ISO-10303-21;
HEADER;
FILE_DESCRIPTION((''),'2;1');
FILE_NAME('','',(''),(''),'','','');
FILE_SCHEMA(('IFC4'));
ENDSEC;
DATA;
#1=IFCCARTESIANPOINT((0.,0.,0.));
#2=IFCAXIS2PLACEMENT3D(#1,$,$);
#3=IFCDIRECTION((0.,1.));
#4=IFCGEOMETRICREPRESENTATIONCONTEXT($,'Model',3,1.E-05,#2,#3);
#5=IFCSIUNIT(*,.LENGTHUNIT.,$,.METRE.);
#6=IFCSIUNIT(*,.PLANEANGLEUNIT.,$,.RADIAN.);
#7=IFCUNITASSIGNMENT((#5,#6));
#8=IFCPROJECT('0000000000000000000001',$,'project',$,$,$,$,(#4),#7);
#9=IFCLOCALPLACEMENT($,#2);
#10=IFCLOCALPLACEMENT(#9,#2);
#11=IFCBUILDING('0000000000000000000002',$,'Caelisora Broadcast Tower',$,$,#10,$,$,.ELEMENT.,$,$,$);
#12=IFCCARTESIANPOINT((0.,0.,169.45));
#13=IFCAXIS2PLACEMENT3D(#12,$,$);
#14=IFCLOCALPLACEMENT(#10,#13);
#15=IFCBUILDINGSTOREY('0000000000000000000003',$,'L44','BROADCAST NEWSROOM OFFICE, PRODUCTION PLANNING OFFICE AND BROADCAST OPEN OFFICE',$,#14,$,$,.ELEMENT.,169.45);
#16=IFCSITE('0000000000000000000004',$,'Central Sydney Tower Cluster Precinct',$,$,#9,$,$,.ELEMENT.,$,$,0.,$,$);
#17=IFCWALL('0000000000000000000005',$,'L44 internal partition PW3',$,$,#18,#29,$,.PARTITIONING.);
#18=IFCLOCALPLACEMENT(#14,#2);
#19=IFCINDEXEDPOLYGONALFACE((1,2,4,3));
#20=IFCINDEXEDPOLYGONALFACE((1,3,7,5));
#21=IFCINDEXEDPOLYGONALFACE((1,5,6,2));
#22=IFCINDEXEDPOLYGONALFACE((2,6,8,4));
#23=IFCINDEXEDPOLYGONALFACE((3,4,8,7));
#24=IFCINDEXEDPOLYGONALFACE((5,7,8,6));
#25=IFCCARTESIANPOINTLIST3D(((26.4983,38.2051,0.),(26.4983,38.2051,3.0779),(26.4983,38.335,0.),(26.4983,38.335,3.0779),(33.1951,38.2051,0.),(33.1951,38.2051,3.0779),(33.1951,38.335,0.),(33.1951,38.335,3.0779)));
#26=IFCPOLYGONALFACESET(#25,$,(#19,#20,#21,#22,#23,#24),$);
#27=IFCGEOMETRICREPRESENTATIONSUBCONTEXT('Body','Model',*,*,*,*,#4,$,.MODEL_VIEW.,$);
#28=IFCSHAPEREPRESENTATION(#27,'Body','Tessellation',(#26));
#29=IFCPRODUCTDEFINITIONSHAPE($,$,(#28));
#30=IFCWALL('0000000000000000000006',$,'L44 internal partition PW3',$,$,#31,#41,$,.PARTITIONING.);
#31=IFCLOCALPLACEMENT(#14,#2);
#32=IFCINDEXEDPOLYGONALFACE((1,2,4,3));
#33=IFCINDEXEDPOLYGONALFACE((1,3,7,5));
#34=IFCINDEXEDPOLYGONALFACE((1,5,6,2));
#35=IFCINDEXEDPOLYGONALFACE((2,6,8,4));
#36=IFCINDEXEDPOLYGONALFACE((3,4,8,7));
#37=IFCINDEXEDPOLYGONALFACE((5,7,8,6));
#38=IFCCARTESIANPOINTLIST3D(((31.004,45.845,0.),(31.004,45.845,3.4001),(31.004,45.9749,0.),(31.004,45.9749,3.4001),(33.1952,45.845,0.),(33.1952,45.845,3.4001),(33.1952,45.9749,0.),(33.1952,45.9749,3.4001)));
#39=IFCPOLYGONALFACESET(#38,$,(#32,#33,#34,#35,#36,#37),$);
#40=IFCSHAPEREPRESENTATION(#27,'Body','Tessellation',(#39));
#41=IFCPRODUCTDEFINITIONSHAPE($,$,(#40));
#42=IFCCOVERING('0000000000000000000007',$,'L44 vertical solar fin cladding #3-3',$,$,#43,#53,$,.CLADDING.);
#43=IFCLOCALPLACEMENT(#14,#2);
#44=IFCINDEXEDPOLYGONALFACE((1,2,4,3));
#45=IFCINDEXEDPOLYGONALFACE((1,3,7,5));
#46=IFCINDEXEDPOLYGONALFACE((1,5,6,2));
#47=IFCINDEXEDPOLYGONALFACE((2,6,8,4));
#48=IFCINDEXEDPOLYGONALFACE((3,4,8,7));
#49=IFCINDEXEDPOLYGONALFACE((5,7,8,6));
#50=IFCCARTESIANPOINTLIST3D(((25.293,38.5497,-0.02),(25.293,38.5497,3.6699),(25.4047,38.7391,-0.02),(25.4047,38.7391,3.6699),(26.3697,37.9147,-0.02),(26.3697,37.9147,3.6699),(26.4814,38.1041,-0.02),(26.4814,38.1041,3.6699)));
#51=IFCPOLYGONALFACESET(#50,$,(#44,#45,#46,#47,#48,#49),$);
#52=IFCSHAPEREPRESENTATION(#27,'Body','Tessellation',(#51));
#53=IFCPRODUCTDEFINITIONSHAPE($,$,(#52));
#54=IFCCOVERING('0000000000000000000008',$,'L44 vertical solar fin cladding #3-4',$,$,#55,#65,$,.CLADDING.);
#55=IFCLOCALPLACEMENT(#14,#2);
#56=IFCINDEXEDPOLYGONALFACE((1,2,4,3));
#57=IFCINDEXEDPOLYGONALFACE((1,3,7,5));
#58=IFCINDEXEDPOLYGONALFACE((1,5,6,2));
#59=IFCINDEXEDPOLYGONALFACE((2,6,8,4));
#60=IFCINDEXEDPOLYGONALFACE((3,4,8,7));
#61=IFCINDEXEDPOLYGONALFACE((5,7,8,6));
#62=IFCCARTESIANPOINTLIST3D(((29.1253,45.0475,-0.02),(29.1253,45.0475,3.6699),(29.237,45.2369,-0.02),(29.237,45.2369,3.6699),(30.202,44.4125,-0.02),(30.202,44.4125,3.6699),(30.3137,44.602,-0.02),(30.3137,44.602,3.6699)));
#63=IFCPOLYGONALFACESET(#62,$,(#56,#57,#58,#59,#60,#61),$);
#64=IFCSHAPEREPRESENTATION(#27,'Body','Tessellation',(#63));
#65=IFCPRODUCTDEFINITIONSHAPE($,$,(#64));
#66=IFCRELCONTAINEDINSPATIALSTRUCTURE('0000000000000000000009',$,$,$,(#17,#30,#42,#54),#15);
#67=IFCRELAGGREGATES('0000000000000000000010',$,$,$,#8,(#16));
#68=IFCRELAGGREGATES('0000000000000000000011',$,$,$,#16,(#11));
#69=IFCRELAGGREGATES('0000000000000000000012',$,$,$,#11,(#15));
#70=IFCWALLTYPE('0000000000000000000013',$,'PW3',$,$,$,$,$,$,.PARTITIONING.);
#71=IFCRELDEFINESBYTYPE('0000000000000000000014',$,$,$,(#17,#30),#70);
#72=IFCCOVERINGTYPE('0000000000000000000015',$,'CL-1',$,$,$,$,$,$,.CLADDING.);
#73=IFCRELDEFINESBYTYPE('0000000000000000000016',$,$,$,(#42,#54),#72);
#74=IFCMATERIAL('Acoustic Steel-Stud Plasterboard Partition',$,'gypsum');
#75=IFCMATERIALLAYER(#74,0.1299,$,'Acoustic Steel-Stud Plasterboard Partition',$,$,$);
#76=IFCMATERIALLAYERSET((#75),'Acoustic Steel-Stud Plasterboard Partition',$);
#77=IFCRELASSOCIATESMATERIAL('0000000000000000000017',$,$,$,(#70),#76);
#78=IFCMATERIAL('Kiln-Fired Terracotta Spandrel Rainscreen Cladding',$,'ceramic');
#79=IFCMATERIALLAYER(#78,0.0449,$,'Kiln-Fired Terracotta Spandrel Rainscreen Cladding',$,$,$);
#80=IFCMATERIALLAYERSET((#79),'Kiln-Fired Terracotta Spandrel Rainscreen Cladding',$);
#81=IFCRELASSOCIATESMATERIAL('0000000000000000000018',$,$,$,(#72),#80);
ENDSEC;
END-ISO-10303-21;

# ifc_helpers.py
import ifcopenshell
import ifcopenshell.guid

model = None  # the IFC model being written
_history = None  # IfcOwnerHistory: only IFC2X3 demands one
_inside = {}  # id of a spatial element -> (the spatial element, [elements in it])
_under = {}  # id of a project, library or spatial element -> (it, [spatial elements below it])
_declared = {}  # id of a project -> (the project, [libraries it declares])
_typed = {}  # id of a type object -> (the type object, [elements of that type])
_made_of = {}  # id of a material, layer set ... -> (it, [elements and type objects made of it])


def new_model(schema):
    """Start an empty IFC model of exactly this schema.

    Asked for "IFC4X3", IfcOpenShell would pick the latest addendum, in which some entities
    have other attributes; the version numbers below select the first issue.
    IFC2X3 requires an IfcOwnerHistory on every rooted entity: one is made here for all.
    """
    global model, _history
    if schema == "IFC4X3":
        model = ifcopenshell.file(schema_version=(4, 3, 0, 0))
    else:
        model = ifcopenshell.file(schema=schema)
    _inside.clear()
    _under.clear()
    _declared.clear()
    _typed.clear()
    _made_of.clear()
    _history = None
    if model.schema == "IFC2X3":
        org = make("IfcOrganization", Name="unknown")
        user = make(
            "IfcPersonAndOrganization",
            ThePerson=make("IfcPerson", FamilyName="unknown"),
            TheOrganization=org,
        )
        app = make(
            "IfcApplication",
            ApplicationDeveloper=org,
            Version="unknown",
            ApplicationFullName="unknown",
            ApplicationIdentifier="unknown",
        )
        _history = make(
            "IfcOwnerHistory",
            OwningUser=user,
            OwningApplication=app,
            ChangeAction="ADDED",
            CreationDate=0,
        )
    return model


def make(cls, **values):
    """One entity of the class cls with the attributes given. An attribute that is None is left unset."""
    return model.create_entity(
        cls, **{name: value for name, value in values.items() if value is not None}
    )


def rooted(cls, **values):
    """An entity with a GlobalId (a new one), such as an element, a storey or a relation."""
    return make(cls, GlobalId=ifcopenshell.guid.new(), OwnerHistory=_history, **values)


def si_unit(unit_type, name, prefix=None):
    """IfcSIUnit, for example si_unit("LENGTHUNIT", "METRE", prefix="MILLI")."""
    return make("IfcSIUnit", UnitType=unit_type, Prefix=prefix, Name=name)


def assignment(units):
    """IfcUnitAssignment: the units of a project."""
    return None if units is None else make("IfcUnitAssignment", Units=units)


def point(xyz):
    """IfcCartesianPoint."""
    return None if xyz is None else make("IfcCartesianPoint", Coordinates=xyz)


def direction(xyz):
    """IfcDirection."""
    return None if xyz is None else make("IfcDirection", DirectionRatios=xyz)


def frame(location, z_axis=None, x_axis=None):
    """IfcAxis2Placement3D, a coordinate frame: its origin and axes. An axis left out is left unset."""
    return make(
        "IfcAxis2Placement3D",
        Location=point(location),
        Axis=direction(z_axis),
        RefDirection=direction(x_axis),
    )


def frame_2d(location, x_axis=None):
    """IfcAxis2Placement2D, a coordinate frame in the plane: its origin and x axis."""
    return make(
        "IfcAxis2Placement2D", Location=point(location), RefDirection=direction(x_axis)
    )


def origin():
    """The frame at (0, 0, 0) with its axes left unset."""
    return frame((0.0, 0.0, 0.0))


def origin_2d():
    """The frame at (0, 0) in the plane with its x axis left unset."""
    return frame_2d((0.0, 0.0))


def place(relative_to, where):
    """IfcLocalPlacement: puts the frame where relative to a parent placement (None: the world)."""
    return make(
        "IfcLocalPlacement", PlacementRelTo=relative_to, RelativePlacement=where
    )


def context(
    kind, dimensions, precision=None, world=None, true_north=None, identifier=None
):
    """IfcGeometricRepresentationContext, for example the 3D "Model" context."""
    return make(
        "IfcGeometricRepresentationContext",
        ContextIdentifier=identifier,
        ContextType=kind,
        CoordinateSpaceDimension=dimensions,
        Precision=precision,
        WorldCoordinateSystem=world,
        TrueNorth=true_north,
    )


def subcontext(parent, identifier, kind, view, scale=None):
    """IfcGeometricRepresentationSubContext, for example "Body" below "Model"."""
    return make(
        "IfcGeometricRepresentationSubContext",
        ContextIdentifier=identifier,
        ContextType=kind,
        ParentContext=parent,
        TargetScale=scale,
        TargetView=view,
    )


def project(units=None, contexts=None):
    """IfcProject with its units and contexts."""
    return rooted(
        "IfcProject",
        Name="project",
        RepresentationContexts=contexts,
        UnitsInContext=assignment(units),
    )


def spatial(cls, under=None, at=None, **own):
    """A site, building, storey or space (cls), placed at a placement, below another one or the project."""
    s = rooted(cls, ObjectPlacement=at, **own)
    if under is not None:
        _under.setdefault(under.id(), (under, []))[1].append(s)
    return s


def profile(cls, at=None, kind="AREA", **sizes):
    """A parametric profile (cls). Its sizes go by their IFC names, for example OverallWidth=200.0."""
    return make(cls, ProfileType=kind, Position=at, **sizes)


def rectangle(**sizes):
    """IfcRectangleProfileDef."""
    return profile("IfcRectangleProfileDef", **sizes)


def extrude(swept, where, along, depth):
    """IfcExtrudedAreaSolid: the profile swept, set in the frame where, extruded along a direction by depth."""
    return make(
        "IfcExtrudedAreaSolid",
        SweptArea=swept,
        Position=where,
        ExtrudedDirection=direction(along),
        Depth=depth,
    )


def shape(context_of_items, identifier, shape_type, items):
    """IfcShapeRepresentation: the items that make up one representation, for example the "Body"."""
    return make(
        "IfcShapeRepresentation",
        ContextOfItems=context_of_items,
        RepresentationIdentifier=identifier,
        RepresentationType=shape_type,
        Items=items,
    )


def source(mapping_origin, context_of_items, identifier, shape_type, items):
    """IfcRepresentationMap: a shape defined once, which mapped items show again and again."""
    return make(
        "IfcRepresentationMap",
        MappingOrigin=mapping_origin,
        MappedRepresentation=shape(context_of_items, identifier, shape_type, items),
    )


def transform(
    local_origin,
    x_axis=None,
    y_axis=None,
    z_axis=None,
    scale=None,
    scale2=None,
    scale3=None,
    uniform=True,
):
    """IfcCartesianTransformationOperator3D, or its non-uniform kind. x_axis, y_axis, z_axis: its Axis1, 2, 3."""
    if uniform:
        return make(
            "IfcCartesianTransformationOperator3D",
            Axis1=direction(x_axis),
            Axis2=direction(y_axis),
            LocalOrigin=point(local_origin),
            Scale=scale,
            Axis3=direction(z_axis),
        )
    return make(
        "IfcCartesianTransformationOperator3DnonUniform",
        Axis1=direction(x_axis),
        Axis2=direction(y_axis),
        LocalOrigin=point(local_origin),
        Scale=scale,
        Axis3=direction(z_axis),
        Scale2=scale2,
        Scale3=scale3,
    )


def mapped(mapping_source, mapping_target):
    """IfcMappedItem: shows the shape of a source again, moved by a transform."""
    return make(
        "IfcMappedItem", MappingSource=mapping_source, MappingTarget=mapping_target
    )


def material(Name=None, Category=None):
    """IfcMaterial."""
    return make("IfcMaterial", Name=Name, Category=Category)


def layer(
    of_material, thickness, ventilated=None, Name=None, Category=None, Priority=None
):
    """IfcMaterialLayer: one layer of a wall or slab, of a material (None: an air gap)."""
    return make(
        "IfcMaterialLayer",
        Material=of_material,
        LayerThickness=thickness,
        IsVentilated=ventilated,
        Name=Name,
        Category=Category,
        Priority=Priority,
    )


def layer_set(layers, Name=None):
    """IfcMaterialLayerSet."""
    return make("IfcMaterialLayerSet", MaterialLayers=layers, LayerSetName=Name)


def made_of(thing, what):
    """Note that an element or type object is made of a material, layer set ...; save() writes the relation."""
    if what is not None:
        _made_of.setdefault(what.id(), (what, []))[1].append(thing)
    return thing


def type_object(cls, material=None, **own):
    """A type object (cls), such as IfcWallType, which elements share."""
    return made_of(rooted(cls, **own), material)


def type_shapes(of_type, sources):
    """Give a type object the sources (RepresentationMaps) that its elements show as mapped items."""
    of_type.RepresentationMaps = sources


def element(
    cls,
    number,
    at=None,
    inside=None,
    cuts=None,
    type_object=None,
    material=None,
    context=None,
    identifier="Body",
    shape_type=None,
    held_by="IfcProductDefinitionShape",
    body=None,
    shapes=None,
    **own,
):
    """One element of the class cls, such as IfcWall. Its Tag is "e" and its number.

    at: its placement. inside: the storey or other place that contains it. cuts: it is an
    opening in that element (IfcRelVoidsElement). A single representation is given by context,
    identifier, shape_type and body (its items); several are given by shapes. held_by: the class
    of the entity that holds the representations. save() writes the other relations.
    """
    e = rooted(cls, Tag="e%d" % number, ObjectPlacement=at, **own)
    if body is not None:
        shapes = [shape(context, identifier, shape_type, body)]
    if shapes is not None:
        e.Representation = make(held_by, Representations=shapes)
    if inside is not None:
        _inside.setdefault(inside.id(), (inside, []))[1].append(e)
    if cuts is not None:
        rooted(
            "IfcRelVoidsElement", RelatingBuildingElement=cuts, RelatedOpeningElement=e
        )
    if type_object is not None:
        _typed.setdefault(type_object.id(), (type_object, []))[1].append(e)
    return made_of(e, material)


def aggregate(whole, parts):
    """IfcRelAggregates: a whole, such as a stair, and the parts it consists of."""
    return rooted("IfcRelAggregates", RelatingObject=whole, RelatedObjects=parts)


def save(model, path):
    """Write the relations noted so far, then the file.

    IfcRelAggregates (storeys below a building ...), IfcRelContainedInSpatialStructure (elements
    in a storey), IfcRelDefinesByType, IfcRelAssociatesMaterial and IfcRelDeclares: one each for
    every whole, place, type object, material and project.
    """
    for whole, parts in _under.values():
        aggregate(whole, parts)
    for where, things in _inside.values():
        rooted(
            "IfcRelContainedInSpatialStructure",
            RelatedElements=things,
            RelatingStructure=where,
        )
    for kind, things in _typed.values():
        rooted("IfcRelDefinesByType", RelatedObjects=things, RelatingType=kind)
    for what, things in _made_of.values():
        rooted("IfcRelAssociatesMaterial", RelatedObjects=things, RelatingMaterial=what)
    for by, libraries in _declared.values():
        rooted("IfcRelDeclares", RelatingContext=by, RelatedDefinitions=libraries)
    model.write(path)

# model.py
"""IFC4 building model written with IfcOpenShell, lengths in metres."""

from ifc_helpers import new_model, si_unit, direction, frame, frame_2d, origin, origin_2d, place, context, subcontext, project, spatial, rectangle, extrude, source, transform, mapped, material, layer, layer_set, type_object, type_shapes, element, save


model = new_model("IFC4")

# Units and contexts
model_context = context("Model", 3, precision=1e-05, world=origin(), true_north=direction((0.0, 1.0)))
body_context = subcontext(model_context, "Body", "Model", "MODEL_VIEW")
ifc_project = project(units=[si_unit("LENGTHUNIT", "METRE"), si_unit("PLANEANGLEUNIT", "RADIAN")], contexts=[model_context])

# Site, building, storey
site_placement = place(None, origin())
site = spatial("IfcSite", under=ifc_project, at=site_placement, Name="Central Sydney Tower Cluster Precinct", CompositionType="ELEMENT", RefElevation=0.0)
building_placement = place(site_placement, origin())
building = spatial("IfcBuilding", under=site, at=building_placement, Name="Caelisora Broadcast Tower", CompositionType="ELEMENT")
storey_placement = place(building_placement, frame((0.0, 0.0, 169.45)))
storey = spatial("IfcBuildingStorey", under=building, at=storey_placement, Name="L44", Description="BROADCAST NEWSROOM OFFICE, PRODUCTION PLANNING OFFICE AND BROADCAST OPEN OFFICE", CompositionType="ELEMENT", Elevation=169.45)

# Shared definitions
ifc_material_1 = material(Name="Acoustic Steel-Stud Plasterboard Partition", Category="gypsum")
ifc_layer_1 = layer(ifc_material_1, 0.1299, Name="Acoustic Steel-Stud Plasterboard Partition")
ifc_layer_set_1 = layer_set([ifc_layer_1], Name="Acoustic Steel-Stud Plasterboard Partition")
wall_type = type_object("IfcWallType", Name="PW3", PredefinedType="PARTITIONING", material=ifc_layer_set_1)

# Walls
wall_1_placement = place(storey_placement, frame((26.4983, 38.27, 0.0), z_axis=(0.0, 0.0, 1.0), x_axis=(1.0, 0.0, 0.0)))
element("IfcWall", 1, at=wall_1_placement, inside=storey, type_object=wall_type, Name="L44 internal partition PW3", PredefinedType="PARTITIONING", context=body_context, shape_type="SweptSolid", body=[
    extrude(rectangle(XDim=6.6968, YDim=0.1299, at=frame_2d((3.3484, 0.0))), origin(), (0.0, 0.0, 1.0), 3.0779),
])
wall_2_placement = place(storey_placement, frame((31.0039, 45.9099, 0.0), z_axis=(0.0, 0.0, 1.0), x_axis=(1.0, 0.0, 0.0)))
element("IfcWall", 2, at=wall_2_placement, inside=storey, type_object=wall_type, Name="L44 internal partition PW3", PredefinedType="PARTITIONING", context=body_context, shape_type="SweptSolid", body=[
    extrude(rectangle(XDim=2.1912, YDim=0.1299, at=frame_2d((1.0957, 0.0))), origin(), (0.0, 0.0, 1.0), 3.4001),
])

# Coverings
ifc_material_2 = material(Name="Kiln-Fired Terracotta Spandrel Rainscreen Cladding", Category="ceramic")
ifc_layer_2 = layer(ifc_material_2, 0.0449, Name="Kiln-Fired Terracotta Spandrel Rainscreen Cladding")
ifc_layer_set_2 = layer_set([ifc_layer_2], Name="Kiln-Fired Terracotta Spandrel Rainscreen Cladding")
covering_type = type_object("IfcCoveringType", Name="CL-1", PredefinedType="CLADDING", material=ifc_layer_set_2)
shared_shape_1 = source(origin(), body_context, "Body", "SweptSolid", [
    extrude(rectangle(XDim=0.22, YDim=1.25, at=origin_2d()), origin(), (0.0, 0.0, 1.0), 3.6899),
])
type_shapes(covering_type, [shared_shape_1])
for number, where, z_axis, x_axis, name in (
    (3, (25.8872, 38.3269, -0.02), (0.0, 0.0, 1.0), (0.507989, 0.861363, 0.0), "L44 vertical solar fin cladding #3-3"),
    (4, (29.7195, 44.8247, -0.02), (0.0, 0.0, 1.0), (0.507989, 0.861363, 0.0), "L44 vertical solar fin cladding #3-4"),
):
    element("IfcCovering", number, at=place(storey_placement, frame(where, z_axis=z_axis, x_axis=x_axis)), inside=storey, type_object=covering_type, Name=name, PredefinedType="CLADDING", context=body_context, shape_type="MappedRepresentation", body=[
        mapped(shared_shape_1, transform((0.0, 0.0, 0.0), scale=1.0)),
    ])

save(model, "model.ifc")
